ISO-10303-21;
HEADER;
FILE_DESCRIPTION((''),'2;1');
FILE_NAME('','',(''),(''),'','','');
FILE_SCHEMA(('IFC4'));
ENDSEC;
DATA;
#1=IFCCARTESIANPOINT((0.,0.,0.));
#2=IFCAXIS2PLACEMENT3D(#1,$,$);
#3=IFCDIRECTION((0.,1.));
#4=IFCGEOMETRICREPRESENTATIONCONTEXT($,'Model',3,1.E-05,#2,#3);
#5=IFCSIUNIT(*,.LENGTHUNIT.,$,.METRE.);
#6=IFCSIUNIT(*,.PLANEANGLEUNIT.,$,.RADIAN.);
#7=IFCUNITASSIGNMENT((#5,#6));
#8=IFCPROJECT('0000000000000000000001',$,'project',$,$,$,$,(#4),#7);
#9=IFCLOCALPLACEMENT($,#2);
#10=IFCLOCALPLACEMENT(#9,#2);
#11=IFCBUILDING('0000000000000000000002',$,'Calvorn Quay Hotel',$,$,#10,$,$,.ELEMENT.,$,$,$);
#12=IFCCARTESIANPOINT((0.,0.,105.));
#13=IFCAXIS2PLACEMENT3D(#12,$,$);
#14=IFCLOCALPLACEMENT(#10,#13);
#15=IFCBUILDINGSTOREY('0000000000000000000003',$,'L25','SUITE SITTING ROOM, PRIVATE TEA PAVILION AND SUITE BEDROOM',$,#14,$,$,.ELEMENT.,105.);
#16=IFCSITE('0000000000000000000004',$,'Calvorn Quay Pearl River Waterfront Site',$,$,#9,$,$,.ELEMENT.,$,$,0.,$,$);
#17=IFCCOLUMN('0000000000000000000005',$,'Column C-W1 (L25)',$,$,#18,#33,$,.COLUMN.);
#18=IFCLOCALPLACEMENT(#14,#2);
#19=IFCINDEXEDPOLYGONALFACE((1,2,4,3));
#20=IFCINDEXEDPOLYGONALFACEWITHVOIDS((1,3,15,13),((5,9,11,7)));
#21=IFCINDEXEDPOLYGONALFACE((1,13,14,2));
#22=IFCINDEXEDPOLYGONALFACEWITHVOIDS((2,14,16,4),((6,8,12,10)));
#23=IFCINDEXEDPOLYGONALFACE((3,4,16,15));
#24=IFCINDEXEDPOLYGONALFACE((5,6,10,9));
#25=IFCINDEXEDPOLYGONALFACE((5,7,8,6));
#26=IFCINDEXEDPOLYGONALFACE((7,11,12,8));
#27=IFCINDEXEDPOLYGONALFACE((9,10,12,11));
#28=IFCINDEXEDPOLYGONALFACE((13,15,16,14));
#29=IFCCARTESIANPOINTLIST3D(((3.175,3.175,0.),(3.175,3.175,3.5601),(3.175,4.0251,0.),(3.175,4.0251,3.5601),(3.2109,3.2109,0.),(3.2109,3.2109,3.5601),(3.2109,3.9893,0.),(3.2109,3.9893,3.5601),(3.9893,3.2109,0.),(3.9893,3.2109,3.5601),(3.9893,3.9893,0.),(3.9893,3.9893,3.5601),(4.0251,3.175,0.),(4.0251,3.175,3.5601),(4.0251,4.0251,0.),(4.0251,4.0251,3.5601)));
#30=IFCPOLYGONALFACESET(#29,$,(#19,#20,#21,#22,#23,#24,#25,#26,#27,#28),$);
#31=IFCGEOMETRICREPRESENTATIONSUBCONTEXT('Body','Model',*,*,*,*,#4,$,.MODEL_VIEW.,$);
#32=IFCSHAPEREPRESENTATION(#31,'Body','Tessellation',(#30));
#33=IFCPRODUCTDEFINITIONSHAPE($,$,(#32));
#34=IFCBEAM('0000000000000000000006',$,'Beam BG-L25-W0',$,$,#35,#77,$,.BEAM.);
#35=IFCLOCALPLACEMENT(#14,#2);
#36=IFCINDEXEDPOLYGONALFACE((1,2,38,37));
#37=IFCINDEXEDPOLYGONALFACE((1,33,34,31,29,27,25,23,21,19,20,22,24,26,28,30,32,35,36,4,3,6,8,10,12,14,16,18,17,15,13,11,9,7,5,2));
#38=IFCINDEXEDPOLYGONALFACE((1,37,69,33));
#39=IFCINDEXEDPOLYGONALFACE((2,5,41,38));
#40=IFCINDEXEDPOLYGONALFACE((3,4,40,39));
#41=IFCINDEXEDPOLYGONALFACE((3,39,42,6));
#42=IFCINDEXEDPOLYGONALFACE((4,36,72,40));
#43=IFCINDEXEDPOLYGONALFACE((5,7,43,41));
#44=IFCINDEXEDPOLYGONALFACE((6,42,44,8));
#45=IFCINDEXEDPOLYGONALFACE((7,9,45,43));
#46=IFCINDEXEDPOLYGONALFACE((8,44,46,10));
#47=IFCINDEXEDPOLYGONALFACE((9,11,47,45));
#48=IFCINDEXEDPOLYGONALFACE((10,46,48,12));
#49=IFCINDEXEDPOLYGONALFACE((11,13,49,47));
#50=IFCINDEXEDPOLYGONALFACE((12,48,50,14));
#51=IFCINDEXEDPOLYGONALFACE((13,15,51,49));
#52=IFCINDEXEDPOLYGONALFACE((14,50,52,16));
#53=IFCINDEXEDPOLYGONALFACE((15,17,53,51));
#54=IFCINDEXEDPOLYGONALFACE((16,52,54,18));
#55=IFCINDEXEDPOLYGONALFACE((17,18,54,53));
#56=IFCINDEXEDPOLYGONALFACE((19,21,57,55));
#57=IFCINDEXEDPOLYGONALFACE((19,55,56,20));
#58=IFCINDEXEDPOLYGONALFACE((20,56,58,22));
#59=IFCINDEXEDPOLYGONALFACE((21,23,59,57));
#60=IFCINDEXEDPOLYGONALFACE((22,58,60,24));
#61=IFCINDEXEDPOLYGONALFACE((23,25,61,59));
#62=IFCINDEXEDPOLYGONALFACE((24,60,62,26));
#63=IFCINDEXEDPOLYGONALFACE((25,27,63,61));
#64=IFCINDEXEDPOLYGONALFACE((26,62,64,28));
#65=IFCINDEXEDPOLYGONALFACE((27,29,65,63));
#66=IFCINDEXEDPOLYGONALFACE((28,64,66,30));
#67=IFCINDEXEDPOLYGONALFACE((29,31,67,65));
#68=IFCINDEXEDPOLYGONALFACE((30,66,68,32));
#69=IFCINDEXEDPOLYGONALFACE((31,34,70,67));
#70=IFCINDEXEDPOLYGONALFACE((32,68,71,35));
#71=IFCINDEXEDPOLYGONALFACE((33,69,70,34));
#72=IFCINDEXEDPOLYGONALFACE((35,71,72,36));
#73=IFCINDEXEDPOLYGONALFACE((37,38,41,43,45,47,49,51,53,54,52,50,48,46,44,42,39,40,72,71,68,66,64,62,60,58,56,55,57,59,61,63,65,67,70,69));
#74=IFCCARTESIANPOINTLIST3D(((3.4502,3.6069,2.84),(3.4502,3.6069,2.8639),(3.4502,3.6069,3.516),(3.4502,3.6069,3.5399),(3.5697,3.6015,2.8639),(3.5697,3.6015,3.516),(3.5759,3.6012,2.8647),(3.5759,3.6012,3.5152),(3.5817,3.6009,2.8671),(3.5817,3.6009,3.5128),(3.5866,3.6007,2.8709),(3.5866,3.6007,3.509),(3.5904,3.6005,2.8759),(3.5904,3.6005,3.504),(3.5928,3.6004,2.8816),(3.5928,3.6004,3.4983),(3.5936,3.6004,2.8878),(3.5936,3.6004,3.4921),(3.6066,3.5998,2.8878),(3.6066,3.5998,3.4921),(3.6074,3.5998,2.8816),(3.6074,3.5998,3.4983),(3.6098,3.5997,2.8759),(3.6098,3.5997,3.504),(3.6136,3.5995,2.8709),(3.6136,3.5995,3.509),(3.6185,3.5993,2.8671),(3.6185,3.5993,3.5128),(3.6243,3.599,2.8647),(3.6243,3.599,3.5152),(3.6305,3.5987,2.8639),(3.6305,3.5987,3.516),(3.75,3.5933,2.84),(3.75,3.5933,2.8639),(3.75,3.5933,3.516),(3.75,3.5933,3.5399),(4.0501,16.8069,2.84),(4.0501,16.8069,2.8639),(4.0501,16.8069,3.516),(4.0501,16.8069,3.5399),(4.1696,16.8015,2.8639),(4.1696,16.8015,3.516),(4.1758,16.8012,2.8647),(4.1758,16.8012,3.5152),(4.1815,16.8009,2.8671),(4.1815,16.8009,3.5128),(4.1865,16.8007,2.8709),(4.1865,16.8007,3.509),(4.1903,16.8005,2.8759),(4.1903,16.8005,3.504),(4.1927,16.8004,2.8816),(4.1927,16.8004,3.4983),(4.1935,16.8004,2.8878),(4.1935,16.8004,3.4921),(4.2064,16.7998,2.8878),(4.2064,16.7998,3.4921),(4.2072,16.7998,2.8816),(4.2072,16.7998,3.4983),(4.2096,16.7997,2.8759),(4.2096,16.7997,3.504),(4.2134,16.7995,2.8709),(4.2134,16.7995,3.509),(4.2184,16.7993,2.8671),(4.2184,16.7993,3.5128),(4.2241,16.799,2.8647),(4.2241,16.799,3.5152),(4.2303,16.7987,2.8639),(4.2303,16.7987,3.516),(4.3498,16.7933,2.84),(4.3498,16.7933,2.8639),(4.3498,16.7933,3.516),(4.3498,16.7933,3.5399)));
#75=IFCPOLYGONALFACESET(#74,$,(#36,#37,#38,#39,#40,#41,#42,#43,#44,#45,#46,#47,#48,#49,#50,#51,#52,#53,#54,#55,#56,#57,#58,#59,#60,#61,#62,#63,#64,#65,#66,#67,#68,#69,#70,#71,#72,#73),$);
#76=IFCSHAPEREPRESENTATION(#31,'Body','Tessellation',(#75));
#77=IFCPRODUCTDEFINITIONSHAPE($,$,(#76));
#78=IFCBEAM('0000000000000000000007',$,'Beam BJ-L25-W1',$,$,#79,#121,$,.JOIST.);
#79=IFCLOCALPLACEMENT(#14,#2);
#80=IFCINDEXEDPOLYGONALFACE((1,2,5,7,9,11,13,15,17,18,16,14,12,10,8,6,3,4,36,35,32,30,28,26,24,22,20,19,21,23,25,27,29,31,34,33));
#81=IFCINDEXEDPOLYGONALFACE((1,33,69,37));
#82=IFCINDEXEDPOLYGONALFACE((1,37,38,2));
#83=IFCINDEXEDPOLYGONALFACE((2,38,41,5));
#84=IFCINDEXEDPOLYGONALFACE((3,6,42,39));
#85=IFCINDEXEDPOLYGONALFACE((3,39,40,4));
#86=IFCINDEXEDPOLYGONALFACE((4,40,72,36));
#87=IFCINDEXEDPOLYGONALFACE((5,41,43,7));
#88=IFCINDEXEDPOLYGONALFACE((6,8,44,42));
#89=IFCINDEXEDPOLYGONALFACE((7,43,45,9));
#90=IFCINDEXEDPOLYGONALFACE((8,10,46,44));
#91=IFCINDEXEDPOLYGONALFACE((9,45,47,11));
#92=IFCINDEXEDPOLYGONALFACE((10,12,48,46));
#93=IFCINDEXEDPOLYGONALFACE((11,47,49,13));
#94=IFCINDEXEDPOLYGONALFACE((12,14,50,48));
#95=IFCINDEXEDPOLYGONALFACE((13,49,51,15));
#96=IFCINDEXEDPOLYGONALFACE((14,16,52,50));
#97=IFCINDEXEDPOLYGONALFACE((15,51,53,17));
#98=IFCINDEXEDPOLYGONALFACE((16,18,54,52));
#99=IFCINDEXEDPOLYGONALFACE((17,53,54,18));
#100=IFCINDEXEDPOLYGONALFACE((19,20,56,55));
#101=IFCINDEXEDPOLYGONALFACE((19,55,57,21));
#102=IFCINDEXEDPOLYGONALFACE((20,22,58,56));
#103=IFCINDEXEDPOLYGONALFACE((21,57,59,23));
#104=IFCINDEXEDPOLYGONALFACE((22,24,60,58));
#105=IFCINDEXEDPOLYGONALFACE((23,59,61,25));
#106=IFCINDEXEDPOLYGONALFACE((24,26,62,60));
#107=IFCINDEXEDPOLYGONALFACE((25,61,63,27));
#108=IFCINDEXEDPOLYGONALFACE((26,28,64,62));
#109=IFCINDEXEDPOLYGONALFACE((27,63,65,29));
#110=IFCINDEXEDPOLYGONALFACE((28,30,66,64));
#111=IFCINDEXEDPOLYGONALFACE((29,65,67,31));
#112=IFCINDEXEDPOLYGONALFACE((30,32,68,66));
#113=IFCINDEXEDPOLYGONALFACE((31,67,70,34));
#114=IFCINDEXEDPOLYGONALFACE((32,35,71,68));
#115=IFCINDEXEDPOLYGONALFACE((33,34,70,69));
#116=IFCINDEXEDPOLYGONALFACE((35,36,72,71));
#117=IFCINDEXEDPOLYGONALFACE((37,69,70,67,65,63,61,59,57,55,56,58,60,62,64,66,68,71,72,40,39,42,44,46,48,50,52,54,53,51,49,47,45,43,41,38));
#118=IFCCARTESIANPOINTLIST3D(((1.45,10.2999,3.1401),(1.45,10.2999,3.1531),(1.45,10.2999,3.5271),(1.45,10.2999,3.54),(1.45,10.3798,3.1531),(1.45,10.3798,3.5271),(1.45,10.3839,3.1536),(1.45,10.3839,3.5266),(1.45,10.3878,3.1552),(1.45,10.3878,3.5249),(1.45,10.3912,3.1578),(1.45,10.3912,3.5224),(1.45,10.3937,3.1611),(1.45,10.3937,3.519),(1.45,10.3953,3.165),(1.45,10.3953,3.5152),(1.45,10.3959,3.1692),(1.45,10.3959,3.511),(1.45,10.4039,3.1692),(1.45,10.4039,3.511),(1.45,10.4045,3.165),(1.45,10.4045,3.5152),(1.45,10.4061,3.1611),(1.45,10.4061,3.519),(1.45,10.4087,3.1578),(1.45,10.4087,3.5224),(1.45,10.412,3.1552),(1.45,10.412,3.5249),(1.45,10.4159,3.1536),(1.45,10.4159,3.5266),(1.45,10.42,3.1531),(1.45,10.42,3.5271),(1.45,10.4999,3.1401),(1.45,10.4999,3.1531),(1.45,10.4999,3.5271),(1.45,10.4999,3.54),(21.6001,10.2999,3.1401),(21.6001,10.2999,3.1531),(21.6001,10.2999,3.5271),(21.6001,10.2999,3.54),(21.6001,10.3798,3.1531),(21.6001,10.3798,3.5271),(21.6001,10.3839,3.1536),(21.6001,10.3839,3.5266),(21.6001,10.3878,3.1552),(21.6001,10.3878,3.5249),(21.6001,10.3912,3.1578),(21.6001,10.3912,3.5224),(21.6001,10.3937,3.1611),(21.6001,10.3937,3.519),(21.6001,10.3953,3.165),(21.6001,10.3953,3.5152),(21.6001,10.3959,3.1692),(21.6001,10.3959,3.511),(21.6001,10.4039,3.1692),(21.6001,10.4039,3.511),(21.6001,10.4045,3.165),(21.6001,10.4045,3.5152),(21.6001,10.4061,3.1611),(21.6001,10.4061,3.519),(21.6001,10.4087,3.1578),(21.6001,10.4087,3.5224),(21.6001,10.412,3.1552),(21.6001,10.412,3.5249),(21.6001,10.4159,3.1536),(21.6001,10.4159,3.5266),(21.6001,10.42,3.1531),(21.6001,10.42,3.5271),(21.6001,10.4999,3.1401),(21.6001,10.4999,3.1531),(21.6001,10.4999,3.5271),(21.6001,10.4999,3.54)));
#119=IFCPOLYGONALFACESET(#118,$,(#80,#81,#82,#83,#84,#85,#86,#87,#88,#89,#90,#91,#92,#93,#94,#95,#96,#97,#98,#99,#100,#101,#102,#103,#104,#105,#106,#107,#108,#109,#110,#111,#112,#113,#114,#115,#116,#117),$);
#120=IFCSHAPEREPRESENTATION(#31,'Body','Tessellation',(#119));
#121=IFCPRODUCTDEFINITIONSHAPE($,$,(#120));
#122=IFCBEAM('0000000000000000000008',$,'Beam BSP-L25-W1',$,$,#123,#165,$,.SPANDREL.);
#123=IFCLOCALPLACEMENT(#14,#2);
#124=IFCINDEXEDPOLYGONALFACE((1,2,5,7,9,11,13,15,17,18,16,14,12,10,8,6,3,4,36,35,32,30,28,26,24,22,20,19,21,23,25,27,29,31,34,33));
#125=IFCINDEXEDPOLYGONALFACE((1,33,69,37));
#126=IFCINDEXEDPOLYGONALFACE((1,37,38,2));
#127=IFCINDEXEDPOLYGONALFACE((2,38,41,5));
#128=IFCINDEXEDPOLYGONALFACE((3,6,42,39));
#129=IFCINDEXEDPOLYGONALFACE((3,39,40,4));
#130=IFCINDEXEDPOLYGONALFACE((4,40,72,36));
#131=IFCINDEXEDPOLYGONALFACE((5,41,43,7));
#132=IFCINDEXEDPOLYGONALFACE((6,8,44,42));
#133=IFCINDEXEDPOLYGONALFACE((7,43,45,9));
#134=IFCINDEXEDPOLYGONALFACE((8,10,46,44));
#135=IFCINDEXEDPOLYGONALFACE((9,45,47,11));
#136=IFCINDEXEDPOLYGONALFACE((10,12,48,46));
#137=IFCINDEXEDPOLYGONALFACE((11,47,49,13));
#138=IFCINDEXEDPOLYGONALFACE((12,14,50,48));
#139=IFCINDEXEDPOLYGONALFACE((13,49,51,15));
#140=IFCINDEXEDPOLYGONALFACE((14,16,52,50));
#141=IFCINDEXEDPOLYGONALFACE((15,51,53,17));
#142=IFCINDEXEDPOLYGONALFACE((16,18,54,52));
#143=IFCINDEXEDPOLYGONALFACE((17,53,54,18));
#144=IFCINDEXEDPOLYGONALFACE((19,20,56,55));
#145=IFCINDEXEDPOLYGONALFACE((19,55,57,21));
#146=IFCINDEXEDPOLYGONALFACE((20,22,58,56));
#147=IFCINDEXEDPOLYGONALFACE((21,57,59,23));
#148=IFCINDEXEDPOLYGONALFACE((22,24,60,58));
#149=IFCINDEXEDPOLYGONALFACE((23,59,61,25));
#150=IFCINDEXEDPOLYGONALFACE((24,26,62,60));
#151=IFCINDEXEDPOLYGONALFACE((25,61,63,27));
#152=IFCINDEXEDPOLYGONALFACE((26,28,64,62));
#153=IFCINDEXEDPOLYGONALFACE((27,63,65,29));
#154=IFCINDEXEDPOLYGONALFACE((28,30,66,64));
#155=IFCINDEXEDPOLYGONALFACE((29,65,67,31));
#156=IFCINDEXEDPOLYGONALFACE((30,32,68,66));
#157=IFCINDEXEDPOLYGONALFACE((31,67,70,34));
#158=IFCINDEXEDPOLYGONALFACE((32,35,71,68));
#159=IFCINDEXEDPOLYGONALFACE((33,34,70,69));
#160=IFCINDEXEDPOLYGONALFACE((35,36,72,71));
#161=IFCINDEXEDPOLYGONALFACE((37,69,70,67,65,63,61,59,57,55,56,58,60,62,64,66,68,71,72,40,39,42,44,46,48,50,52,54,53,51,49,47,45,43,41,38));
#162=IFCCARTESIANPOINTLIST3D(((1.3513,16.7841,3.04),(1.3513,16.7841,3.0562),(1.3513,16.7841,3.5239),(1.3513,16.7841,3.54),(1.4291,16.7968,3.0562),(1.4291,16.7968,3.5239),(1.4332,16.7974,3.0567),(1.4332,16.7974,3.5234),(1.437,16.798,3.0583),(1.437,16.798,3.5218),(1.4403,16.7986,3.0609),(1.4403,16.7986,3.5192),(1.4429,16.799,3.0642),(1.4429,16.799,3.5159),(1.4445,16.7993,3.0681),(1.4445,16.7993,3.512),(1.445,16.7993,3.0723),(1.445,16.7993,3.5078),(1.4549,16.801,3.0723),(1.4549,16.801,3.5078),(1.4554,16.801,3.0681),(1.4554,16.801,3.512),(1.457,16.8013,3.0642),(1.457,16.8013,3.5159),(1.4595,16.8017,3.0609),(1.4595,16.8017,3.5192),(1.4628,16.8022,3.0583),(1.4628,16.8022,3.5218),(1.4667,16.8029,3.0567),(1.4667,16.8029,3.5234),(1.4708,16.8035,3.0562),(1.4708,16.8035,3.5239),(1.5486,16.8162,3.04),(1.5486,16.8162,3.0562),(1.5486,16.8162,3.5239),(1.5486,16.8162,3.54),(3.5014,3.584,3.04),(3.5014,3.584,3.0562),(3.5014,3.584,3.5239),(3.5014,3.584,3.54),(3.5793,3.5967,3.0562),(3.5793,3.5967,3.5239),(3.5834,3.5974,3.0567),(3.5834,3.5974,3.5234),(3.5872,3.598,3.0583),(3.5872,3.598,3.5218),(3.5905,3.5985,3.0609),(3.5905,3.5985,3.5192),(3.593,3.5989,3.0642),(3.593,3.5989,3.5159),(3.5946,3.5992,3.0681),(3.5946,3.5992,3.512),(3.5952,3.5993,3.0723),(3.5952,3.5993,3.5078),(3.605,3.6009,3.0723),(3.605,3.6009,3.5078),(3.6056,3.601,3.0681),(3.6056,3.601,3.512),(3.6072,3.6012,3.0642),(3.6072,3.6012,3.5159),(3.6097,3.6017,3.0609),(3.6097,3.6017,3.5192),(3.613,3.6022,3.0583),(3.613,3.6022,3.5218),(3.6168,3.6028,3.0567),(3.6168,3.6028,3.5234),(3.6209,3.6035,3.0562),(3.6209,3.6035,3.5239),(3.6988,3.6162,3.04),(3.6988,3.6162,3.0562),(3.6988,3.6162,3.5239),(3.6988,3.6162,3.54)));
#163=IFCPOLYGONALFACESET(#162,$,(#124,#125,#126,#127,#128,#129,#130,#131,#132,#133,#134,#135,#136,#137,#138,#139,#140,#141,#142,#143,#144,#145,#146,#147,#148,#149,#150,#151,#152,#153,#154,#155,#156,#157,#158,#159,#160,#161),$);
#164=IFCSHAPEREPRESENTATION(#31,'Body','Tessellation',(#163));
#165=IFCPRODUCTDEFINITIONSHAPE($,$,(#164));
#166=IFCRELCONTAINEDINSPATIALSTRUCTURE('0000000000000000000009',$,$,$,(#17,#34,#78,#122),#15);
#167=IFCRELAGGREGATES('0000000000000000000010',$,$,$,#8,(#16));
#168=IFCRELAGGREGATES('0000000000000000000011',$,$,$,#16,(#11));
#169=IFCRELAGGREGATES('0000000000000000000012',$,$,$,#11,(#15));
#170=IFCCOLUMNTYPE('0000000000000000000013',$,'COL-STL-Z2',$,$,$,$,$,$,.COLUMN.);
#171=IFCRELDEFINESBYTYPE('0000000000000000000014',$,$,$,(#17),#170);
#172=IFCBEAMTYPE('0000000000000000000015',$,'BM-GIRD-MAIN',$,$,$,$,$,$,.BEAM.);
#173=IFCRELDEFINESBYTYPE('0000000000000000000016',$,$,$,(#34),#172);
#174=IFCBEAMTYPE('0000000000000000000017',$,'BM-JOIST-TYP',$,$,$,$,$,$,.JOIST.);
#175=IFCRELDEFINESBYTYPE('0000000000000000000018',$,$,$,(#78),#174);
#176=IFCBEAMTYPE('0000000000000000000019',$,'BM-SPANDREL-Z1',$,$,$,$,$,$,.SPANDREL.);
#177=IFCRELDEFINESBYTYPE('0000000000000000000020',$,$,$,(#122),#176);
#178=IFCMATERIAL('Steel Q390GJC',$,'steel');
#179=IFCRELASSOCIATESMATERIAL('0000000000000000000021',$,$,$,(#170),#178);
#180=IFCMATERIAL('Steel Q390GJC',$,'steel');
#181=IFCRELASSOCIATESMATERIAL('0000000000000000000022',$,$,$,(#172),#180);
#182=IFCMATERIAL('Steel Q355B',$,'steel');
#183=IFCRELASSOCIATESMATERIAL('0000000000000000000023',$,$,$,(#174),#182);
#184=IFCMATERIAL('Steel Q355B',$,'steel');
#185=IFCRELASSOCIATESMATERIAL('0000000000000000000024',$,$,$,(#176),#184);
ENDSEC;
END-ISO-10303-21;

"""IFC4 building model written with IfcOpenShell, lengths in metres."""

from ifc_helpers import new_model, si_unit, direction, frame, origin, origin_2d, place, context, subcontext, project, spatial, hollow_rectangle, i_section, extrude, material, material_profile, profile_set, type_object, element, save


model = new_model("IFC4")

# Units and contexts
model_context = context("Model", 3, precision=1e-05, world=origin(), true_north=direction((0.0, 1.0)))
body_context = subcontext(model_context, "Body", "Model", "MODEL_VIEW")
ifc_project = project(units=[si_unit("LENGTHUNIT", "METRE"), si_unit("PLANEANGLEUNIT", "RADIAN")], contexts=[model_context])

# Site, building, storey
site_placement = place(None, origin())
site = spatial("IfcSite", under=ifc_project, at=site_placement, Name="Calvorn Quay Pearl River Waterfront Site", CompositionType="ELEMENT", RefElevation=0.0)
building_placement = place(site_placement, origin())
building = spatial("IfcBuilding", under=site, at=building_placement, Name="Calvorn Quay Hotel", CompositionType="ELEMENT")
storey_placement = place(building_placement, frame((0.0, 0.0, 105.0)))
storey = spatial("IfcBuildingStorey", under=building, at=storey_placement, Name="L25", Description="SUITE SITTING ROOM, PRIVATE TEA PAVILION AND SUITE BEDROOM", CompositionType="ELEMENT", Elevation=105.0)

# Column
ifc_material_1 = material(Name="Steel Q390GJC", Category="steel")
ifc_material_profile_1 = material_profile(ifc_material_1, hollow_rectangle(XDim=0.8501, YDim=0.8501, WallThickness=0.0359, at=origin_2d()), Name="BOX850x850x36")
ifc_profile_set_1 = profile_set([ifc_material_profile_1], Name="Steel Q390GJC")
column_type = type_object("IfcColumnType", Name="COL-STL-Z2", PredefinedType="COLUMN", material=ifc_profile_set_1)
column_placement = place(storey_placement, frame((3.6001, 3.6001, 0.0), z_axis=(0.0, 0.0, 1.0), x_axis=(1.0, 0.0, 0.0)))
element("IfcColumn", 1, at=column_placement, inside=storey, type_object=column_type, Name="Column C-W1 (L25)", PredefinedType="COLUMN", context=body_context, shape_type="SweptSolid", body=[
    extrude(hollow_rectangle(XDim=0.8501, YDim=0.8501, WallThickness=0.0359, at=origin_2d()), origin(), (0.0, 0.0, 1.0), 3.5601),
])

# Beams
ifc_material_2 = material(Name="Steel Q390GJC", Category="steel")
ifc_material_profile_2 = material_profile(ifc_material_2, i_section(OverallWidth=0.3, OverallDepth=0.7, WebThickness=0.0129, FlangeThickness=0.0239, FilletRadius=0.0239, at=origin_2d()), Name="HN700x300x13x24")
ifc_profile_set_2 = profile_set([ifc_material_profile_2], Name="Steel Q390GJC")
beam_type_1 = type_object("IfcBeamType", Name="BM-GIRD-MAIN", PredefinedType="BEAM", material=ifc_profile_set_2)
beam_1_placement = place(storey_placement, frame((3.6001, 3.6001, 3.1899), z_axis=(0.045397, 0.998969, 0.0), x_axis=(-0.998969, 0.045397, 0.0)))
element("IfcBeam", 2, at=beam_1_placement, inside=storey, type_object=beam_type_1, Name="Beam BG-L25-W0", PredefinedType="BEAM", context=body_context, shape_type="SweptSolid", body=[
    extrude(i_section(OverallWidth=0.3, OverallDepth=0.7, WebThickness=0.0129, FlangeThickness=0.0239, FilletRadius=0.0239, at=origin_2d()), origin(), (0.0, 0.0, 1.0), 13.2136),
])
ifc_material_3 = material(Name="Steel Q355B", Category="steel")
ifc_material_profile_3 = material_profile(ifc_material_3, i_section(OverallWidth=0.2, OverallDepth=0.3999, WebThickness=0.0081, FlangeThickness=0.0129, FilletRadius=0.0161, at=origin_2d()), Name="HN400x200x8x13")
ifc_profile_set_3 = profile_set([ifc_material_profile_3], Name="Steel Q355B")
beam_type_2 = type_object("IfcBeamType", Name="BM-JOIST-TYP", PredefinedType="JOIST", material=ifc_profile_set_3)
beam_2_placement = place(storey_placement, frame((1.45, 10.3999, 3.3401), z_axis=(1.0, 0.0, 0.0), x_axis=(0.0, 1.0, 0.0)))
element("IfcBeam", 3, at=beam_2_placement, inside=storey, type_object=beam_type_2, Name="Beam BJ-L25-W1", PredefinedType="JOIST", context=body_context, shape_type="SweptSolid", body=[
    extrude(i_section(OverallWidth=0.2, OverallDepth=0.3999, WebThickness=0.0081, FlangeThickness=0.0129, FilletRadius=0.0161, at=origin_2d()), origin(), (0.0, 0.0, 1.0), 20.1501),
])
ifc_material_4 = material(Name="Steel Q355B", Category="steel")
ifc_material_profile_4 = material_profile(ifc_material_4, i_section(OverallWidth=0.2, OverallDepth=0.5, WebThickness=0.01, FlangeThickness=0.0161, FilletRadius=0.0161, at=origin_2d()), Name="HN500x200x10x16")
ifc_profile_set_4 = profile_set([ifc_material_profile_4], Name="Steel Q355B")
beam_type_3 = type_object("IfcBeamType", Name="BM-SPANDREL-Z1", PredefinedType="SPANDREL", material=ifc_profile_set_4)
beam_3_placement = place(storey_placement, frame((3.6001, 3.6001, 3.29), z_axis=(-0.160772, 0.986992, 0.0), x_axis=(-0.986992, -0.160772, 0.0)))
element("IfcBeam", 4, at=beam_3_placement, inside=storey, type_object=beam_type_3, Name="Beam BSP-L25-W1", PredefinedType="SPANDREL", context=body_context, shape_type="SweptSolid", body=[
    extrude(i_section(OverallWidth=0.2, OverallDepth=0.5, WebThickness=0.01, FlangeThickness=0.0161, FilletRadius=0.0161, at=origin_2d()), origin(), (0.0, 0.0, 1.0), 13.374),
])

save(model, "model.ifc")
